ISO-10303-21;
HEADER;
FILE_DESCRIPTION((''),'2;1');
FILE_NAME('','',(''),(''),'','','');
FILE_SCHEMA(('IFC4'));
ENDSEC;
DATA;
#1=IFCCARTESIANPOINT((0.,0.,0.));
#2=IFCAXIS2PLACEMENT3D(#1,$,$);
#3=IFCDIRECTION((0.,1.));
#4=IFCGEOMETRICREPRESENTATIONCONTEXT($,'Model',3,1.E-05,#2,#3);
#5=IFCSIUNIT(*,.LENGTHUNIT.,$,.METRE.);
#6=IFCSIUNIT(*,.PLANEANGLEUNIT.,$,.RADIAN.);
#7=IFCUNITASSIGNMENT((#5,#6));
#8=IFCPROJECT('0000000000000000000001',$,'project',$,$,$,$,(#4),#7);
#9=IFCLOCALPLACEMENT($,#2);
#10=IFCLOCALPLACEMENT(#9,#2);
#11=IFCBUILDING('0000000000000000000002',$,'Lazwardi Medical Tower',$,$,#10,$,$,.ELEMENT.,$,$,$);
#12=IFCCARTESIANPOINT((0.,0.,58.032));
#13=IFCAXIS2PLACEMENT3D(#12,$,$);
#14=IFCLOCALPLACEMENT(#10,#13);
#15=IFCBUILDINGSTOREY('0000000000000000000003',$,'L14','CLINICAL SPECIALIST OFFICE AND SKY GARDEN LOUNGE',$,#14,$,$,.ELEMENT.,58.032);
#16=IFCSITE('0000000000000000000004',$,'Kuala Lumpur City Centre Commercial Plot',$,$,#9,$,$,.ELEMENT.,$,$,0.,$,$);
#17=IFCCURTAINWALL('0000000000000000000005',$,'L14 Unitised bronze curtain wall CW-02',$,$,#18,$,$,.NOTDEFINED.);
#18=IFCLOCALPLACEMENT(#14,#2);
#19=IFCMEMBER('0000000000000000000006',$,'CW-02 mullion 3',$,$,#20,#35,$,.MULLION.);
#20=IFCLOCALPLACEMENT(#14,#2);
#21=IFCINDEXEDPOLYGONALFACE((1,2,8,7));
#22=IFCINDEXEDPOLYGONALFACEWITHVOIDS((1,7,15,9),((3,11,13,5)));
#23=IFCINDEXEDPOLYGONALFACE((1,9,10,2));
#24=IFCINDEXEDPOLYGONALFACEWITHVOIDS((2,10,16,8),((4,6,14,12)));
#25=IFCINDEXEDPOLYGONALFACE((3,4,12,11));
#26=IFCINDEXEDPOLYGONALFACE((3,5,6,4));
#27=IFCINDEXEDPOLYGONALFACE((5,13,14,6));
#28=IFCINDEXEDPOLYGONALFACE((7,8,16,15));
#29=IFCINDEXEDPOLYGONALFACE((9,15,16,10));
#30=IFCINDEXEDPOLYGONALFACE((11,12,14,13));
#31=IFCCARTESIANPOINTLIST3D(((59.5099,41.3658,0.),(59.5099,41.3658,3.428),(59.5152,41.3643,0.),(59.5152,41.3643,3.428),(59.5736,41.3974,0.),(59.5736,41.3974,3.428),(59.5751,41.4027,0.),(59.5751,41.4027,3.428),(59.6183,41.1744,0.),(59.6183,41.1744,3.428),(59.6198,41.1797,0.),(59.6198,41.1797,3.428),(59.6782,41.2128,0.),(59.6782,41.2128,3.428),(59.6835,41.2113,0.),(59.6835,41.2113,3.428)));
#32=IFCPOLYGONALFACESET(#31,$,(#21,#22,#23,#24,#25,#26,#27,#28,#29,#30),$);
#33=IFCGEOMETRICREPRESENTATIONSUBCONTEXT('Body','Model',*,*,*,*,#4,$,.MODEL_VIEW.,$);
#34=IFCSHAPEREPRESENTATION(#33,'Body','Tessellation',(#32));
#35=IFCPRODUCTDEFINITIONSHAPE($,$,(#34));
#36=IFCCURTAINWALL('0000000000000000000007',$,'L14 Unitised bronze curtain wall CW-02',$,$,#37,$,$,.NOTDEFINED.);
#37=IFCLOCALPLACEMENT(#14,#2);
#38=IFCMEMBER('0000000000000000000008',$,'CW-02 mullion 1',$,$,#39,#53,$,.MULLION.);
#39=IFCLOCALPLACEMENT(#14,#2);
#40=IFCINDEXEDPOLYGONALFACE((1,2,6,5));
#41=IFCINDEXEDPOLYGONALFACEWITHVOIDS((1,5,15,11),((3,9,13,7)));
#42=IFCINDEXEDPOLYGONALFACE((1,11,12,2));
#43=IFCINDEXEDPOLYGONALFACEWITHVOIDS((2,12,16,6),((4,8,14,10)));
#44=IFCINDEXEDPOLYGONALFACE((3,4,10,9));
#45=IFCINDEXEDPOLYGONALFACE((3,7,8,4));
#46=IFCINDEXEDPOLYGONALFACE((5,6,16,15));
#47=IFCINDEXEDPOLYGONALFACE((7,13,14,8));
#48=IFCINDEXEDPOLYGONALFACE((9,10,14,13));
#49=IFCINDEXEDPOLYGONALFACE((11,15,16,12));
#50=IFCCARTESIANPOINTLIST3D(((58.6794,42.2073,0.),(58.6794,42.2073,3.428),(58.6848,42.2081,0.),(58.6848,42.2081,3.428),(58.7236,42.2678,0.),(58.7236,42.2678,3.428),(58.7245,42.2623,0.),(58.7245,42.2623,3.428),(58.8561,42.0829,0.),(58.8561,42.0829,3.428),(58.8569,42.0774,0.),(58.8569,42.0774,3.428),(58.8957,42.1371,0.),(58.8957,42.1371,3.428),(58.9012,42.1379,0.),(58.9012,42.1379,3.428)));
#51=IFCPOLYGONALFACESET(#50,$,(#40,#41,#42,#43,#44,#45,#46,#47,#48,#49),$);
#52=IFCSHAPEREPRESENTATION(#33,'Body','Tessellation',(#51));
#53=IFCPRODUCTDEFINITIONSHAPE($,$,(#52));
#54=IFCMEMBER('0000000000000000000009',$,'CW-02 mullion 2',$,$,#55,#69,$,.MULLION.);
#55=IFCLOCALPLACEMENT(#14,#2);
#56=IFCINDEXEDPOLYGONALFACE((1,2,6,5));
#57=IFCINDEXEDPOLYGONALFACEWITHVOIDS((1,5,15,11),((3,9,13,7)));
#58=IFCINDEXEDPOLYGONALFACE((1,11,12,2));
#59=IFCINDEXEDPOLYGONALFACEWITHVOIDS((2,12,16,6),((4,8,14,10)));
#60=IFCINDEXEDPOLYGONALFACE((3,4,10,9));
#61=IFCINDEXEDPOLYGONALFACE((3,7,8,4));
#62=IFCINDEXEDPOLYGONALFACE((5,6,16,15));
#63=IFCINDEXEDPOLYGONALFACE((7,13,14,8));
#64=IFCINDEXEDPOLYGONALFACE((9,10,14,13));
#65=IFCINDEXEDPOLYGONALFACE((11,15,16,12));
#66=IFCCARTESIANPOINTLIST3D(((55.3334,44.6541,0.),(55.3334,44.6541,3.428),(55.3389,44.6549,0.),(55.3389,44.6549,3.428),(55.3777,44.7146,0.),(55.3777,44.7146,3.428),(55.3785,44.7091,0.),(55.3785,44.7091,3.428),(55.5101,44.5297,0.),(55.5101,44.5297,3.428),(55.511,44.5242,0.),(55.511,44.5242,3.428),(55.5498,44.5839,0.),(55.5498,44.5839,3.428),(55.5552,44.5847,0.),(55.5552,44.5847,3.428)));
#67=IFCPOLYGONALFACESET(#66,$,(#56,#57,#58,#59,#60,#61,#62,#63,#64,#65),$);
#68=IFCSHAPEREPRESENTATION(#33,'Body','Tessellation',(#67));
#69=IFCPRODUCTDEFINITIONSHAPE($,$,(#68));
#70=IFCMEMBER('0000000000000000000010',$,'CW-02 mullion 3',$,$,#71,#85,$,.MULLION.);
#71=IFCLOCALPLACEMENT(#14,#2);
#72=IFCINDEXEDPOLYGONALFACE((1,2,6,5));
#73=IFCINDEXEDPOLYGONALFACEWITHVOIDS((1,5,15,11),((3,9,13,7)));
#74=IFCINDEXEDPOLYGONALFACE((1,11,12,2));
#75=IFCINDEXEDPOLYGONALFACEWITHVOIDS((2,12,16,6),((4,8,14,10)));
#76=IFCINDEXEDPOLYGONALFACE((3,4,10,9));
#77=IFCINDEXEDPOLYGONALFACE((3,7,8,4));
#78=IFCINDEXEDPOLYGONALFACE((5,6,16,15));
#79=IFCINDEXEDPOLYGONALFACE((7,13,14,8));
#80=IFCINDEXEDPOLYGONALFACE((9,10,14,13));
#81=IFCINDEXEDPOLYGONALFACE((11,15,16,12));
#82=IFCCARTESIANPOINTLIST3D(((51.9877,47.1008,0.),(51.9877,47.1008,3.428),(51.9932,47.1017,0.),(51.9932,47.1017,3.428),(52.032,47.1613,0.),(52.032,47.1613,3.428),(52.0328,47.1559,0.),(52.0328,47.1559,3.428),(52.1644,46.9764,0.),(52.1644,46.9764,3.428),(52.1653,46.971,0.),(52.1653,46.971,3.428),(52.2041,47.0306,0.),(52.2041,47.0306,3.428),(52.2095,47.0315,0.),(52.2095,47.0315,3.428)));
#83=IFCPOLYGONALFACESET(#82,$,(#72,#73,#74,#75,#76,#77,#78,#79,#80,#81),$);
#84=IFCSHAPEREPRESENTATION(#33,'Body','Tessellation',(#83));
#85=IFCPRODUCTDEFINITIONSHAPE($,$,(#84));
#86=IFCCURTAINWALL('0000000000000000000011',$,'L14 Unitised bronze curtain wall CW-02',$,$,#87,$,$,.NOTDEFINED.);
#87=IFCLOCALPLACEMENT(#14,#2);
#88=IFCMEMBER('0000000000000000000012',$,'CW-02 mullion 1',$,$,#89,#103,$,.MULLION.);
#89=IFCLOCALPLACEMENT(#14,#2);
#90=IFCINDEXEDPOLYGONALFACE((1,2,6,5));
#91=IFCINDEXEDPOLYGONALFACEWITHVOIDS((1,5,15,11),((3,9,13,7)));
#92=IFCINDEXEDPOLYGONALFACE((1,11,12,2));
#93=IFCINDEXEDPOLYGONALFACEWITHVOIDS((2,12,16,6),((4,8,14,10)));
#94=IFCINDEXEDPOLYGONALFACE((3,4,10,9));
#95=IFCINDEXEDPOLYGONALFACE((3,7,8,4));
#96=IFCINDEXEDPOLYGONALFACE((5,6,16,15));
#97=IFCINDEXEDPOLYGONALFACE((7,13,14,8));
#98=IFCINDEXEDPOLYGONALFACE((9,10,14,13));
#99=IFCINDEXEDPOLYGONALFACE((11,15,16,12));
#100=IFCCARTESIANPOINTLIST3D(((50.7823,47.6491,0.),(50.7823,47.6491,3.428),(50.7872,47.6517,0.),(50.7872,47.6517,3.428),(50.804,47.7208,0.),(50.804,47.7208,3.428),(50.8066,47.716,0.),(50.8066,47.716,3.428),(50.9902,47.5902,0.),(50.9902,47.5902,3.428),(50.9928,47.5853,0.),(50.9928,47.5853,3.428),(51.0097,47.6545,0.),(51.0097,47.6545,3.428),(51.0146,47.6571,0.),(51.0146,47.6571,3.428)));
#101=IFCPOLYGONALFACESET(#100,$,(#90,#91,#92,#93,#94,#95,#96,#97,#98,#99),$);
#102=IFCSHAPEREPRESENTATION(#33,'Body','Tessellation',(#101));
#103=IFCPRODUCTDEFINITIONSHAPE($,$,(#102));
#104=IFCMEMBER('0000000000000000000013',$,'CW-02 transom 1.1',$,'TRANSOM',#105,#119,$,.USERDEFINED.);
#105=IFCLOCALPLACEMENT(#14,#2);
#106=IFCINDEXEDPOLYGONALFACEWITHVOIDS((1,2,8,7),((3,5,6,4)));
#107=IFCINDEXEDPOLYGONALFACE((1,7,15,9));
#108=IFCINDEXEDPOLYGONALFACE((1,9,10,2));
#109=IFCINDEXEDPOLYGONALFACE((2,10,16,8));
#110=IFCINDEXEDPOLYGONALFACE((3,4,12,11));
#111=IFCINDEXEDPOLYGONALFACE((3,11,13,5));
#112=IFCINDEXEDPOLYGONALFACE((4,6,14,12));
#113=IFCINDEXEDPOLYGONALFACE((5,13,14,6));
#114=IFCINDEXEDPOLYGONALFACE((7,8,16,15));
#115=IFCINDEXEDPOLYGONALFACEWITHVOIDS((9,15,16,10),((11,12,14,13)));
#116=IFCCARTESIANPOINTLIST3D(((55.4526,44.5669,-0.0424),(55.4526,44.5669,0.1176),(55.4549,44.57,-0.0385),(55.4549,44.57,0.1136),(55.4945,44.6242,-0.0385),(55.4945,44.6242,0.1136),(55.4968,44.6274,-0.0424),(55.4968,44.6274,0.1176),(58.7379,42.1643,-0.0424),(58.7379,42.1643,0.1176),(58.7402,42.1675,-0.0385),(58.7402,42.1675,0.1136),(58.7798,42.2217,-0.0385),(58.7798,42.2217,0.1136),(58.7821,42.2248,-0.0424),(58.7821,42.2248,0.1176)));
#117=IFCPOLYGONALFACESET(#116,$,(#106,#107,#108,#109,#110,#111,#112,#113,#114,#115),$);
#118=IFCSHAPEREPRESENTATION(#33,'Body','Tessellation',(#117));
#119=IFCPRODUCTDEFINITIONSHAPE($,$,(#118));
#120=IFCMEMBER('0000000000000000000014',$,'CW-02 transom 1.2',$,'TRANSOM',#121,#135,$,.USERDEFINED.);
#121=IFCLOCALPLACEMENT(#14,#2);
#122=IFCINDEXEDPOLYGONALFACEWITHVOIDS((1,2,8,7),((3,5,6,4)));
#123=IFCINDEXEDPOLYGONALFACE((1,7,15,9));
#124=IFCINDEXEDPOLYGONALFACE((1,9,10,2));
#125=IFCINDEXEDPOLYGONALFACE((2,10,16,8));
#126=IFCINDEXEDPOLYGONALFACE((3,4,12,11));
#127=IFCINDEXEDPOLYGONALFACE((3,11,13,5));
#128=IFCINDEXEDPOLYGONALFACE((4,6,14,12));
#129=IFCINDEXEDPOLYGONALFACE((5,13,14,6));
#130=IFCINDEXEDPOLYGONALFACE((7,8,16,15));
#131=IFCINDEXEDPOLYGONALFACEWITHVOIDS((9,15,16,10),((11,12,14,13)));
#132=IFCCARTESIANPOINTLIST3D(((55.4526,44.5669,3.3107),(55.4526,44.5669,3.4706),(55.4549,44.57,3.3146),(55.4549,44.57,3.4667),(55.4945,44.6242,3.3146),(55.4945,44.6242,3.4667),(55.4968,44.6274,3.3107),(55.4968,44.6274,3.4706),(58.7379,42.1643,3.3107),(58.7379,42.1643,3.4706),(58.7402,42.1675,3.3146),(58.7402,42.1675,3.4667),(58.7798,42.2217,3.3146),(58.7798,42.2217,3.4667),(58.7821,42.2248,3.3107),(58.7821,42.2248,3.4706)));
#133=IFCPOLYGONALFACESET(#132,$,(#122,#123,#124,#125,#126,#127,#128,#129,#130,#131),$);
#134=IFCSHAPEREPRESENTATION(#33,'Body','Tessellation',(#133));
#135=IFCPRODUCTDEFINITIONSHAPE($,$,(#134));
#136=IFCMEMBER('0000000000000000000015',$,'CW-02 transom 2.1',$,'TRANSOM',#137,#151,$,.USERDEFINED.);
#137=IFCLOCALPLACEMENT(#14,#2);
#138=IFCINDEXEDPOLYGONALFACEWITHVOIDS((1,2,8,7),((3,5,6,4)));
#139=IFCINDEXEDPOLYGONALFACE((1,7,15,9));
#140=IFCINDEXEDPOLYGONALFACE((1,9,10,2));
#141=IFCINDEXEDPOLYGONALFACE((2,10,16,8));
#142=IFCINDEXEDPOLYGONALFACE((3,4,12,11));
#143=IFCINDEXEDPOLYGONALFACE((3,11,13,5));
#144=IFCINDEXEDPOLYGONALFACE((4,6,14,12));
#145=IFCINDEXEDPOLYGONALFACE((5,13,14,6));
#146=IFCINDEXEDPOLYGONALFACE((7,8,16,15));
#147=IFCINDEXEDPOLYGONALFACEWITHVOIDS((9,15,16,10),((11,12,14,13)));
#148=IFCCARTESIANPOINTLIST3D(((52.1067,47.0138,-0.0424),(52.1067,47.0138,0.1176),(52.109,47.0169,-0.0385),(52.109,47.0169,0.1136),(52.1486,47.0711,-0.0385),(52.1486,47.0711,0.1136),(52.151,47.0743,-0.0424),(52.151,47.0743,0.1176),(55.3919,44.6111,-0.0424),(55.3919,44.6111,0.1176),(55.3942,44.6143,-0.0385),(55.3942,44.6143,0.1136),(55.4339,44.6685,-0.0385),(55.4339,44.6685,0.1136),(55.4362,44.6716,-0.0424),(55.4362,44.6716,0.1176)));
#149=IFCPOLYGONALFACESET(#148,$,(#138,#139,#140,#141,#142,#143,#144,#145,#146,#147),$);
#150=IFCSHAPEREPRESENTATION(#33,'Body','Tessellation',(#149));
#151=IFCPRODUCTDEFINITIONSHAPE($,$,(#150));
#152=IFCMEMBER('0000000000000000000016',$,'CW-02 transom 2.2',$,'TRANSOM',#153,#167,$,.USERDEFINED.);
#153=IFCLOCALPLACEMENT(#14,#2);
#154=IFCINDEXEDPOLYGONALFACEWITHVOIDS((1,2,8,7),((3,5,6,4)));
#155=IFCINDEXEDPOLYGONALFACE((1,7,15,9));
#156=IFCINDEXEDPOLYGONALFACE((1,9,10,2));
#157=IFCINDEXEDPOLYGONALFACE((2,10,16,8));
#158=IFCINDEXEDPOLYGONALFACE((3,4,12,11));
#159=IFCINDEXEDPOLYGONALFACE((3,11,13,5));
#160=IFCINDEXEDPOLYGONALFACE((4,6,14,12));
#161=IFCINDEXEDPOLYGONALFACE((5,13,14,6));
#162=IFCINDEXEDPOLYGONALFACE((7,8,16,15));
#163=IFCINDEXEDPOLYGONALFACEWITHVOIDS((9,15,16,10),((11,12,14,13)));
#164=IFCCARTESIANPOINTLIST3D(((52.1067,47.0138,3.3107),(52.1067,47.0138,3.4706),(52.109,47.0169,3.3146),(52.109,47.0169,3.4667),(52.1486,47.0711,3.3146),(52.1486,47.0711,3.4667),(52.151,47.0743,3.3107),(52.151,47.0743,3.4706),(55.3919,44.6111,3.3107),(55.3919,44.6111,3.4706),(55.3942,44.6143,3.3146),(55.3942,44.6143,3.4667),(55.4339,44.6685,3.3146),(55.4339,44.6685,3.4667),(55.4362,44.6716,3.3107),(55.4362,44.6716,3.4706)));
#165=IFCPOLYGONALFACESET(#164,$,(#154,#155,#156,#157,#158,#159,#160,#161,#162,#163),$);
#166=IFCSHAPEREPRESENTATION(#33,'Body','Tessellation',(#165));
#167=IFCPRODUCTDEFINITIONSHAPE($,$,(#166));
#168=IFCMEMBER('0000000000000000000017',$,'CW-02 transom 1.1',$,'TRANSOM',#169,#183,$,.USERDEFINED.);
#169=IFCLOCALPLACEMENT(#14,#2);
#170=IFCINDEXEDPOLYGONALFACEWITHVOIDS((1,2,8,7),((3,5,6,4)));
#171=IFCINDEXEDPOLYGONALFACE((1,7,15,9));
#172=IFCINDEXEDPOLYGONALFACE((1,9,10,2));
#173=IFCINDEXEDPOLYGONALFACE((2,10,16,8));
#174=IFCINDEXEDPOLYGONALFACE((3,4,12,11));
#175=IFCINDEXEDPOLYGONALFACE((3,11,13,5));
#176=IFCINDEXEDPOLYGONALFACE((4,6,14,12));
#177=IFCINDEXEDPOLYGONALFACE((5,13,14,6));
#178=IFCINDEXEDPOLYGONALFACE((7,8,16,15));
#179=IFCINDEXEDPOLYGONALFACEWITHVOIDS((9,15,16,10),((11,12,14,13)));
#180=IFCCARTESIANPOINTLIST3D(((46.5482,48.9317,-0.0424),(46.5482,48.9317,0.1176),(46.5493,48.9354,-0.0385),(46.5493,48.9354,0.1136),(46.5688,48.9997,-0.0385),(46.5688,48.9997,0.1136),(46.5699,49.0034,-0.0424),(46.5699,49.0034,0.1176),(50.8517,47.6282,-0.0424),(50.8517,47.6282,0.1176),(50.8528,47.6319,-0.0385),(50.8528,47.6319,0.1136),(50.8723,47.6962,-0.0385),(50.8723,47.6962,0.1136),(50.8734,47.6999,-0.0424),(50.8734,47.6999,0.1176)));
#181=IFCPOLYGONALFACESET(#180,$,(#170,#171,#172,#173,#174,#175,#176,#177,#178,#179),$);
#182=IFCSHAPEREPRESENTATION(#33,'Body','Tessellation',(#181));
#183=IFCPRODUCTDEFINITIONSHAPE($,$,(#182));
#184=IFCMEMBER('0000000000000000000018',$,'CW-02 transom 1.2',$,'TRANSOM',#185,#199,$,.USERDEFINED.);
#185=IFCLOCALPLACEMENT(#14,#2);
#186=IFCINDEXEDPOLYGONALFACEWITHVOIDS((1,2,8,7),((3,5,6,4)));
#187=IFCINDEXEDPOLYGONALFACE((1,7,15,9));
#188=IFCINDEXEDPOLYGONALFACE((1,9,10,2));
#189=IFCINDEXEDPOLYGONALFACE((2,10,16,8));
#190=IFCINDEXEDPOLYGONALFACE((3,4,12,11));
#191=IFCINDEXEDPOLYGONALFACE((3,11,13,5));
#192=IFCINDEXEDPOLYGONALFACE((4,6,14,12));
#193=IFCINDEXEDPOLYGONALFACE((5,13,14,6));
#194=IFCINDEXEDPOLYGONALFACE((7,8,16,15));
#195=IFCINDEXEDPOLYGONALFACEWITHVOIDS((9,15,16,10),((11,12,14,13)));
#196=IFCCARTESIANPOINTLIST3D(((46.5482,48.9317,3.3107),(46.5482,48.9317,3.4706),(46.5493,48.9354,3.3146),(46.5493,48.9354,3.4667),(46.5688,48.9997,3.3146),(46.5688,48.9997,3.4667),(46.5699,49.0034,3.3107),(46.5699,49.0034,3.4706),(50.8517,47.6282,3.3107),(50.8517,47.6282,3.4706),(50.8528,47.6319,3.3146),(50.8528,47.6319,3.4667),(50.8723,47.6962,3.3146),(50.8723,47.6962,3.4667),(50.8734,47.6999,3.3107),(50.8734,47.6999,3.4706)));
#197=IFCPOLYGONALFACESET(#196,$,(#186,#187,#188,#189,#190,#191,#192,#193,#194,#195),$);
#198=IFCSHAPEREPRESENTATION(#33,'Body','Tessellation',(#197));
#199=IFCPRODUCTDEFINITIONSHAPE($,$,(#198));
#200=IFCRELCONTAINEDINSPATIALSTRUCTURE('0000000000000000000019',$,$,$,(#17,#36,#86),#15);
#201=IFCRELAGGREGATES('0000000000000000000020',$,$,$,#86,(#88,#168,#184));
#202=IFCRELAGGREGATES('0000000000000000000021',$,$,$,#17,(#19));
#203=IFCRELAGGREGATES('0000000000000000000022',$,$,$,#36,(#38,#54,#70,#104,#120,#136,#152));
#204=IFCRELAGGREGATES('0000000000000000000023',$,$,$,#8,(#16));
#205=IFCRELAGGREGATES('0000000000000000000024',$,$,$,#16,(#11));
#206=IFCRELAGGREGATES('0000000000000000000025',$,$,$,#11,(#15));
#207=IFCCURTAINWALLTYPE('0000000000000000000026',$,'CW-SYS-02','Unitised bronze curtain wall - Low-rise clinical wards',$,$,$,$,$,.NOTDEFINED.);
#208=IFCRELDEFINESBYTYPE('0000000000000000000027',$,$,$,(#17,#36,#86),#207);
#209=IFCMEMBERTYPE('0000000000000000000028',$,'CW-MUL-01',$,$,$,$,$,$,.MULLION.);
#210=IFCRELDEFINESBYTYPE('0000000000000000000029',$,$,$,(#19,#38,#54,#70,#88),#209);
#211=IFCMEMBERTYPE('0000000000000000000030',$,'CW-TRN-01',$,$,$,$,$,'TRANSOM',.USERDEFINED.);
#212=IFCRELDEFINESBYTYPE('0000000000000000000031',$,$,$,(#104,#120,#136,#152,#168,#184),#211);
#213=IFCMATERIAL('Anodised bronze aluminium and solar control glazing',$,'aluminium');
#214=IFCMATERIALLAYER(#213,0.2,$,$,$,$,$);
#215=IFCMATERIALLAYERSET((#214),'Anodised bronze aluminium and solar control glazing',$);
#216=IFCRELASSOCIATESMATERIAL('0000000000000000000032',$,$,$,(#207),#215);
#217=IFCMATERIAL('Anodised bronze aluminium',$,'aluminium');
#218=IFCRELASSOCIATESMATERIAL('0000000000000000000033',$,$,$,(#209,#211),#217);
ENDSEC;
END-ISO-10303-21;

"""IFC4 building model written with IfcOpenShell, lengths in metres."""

from ifc_helpers import new_model, si_unit, direction, frame, origin, origin_2d, place, context, subcontext, project, spatial, hollow_rectangle, extrude, material, layer, layer_set, material_profile, profile_set, type_object, element, aggregate, save


model = new_model("IFC4")

# Units and contexts
model_context = context("Model", 3, precision=1e-05, world=origin(), true_north=direction((0.0, 1.0)))
body_context = subcontext(model_context, "Body", "Model", "MODEL_VIEW")
ifc_project = project(units=[si_unit("LENGTHUNIT", "METRE"), si_unit("PLANEANGLEUNIT", "RADIAN")], contexts=[model_context])

# Site, building, storey
site_placement = place(None, origin())
site = spatial("IfcSite", under=ifc_project, at=site_placement, Name="Kuala Lumpur City Centre Commercial Plot", CompositionType="ELEMENT", RefElevation=0.0)
building_placement = place(site_placement, origin())
building = spatial("IfcBuilding", under=site, at=building_placement, Name="Lazwardi Medical Tower", CompositionType="ELEMENT")
storey_placement = place(building_placement, frame((0.0, 0.0, 58.032)))
storey = spatial("IfcBuildingStorey", under=building, at=storey_placement, Name="L14", Description="CLINICAL SPECIALIST OFFICE AND SKY GARDEN LOUNGE", CompositionType="ELEMENT", Elevation=58.032)

# Curtain wall, member
ifc_material_1 = material(Name="Anodised bronze aluminium and solar control glazing", Category="aluminium")
ifc_layer_1 = layer(ifc_material_1, 0.2)
ifc_layer_set_1 = layer_set([ifc_layer_1], Name="Anodised bronze aluminium and solar control glazing")
curtain_wall_type = type_object("IfcCurtainWallType", Name="CW-SYS-02", Description="Unitised bronze curtain wall - Low-rise clinical wards", PredefinedType="NOTDEFINED", material=ifc_layer_set_1)
curtain_wall_1_placement = place(storey_placement, origin())
curtain_wall_1 = element("IfcCurtainWall", 1, at=curtain_wall_1_placement, inside=storey, type_object=curtain_wall_type, Name="L14 Unitised bronze curtain wall CW-02", PredefinedType="NOTDEFINED")
ifc_material_2 = material(Name="Anodised bronze aluminium", Category="aluminium")
ifc_material_profile_1 = material_profile(ifc_material_2, hollow_rectangle(XDim=0.075, YDim=0.22, WallThickness=0.0039, at=origin_2d()), Name="ALU-MULLION 220x75x4")
ifc_profile_set_1 = profile_set([ifc_material_profile_1], Name="Anodised bronze aluminium")
member_type_1 = type_object("IfcMemberType", Name="CW-MUL-01", PredefinedType="MULLION", material=ifc_profile_set_1)
member_1_placement = place(storey_placement, frame((59.5967, 41.2886, 0.0), z_axis=(0.0, 0.0, 1.0), x_axis=(-0.870112, -0.492854, 0.0)))
member_1 = element("IfcMember", 2, at=member_1_placement, type_object=member_type_1, Name="CW-02 mullion 3", PredefinedType="MULLION", context=body_context, shape_type="SweptSolid", body=[
    extrude(hollow_rectangle(XDim=0.075, YDim=0.22, WallThickness=0.0039, at=origin_2d()), origin(), (0.0, 0.0, 1.0), 3.428),
])

# Curtain wall, members
curtain_wall_2_placement = place(storey_placement, origin())
curtain_wall_2 = element("IfcCurtainWall", 3, at=curtain_wall_2_placement, inside=storey, type_object=curtain_wall_type, Name="L14 Unitised bronze curtain wall CW-02", PredefinedType="NOTDEFINED")
member_2_placement = place(storey_placement, frame((58.7903, 42.1726, 0.0), z_axis=(0.0, 0.0, 1.0), x_axis=(-0.590289, -0.807192, 0.0)))
member_2 = element("IfcMember", 4, at=member_2_placement, type_object=member_type_1, Name="CW-02 mullion 1", PredefinedType="MULLION", context=body_context, shape_type="SweptSolid", body=[
    extrude(hollow_rectangle(XDim=0.075, YDim=0.22, WallThickness=0.0039, at=origin_2d()), origin(), (0.0, 0.0, 1.0), 3.428),
])
member_3_placement = place(storey_placement, frame((55.4443, 44.6194, 0.0), z_axis=(0.0, 0.0, 1.0), x_axis=(-0.590289, -0.807192, 0.0)))
member_3 = element("IfcMember", 5, at=member_3_placement, type_object=member_type_1, Name="CW-02 mullion 2", PredefinedType="MULLION", context=body_context, shape_type="SweptSolid", body=[
    extrude(hollow_rectangle(XDim=0.075, YDim=0.22, WallThickness=0.0039, at=origin_2d()), origin(), (0.0, 0.0, 1.0), 3.428),
])
member_4_placement = place(storey_placement, frame((52.0986, 47.0662, 0.0), z_axis=(0.0, 0.0, 1.0), x_axis=(-0.590289, -0.807192, 0.0)))
member_4 = element("IfcMember", 6, at=member_4_placement, type_object=member_type_1, Name="CW-02 mullion 3", PredefinedType="MULLION", context=body_context, shape_type="SweptSolid", body=[
    extrude(hollow_rectangle(XDim=0.075, YDim=0.22, WallThickness=0.0039, at=origin_2d()), origin(), (0.0, 0.0, 1.0), 3.428),
])

# Curtain wall, member
curtain_wall_3_placement = place(storey_placement, origin())
curtain_wall_3 = element("IfcCurtainWall", 7, at=curtain_wall_3_placement, inside=storey, type_object=curtain_wall_type, Name="L14 Unitised bronze curtain wall CW-02", PredefinedType="NOTDEFINED")
member_5_placement = place(storey_placement, frame((50.8984, 47.6531, 0.0), z_axis=(0.0, 0.0, 1.0), x_axis=(-0.289896, -0.957058, 0.0)))
member_5 = element("IfcMember", 8, at=member_5_placement, type_object=member_type_1, Name="CW-02 mullion 1", PredefinedType="MULLION", context=body_context, shape_type="SweptSolid", body=[
    extrude(hollow_rectangle(XDim=0.075, YDim=0.22, WallThickness=0.0039, at=origin_2d()), origin(), (0.0, 0.0, 1.0), 3.428),
])

# Members
ifc_material_profile_2 = material_profile(ifc_material_2, hollow_rectangle(XDim=0.075, YDim=0.1599, WallThickness=0.0039, at=origin_2d()), Name="ALU-TRANSOM 160x75x4")
ifc_profile_set_2 = profile_set([ifc_material_profile_2], Name="Anodised bronze aluminium")
member_type_2 = type_object("IfcMemberType", Name="CW-TRN-01", ElementType="TRANSOM", PredefinedType="USERDEFINED", material=ifc_profile_set_2)
member_6_placement = place(storey_placement, frame((58.76, 42.1946, 0.0376), z_axis=(-0.80719, 0.590292, 0.0), x_axis=(-0.590292, -0.80719, 0.0)))
member_6 = element("IfcMember", 9, at=member_6_placement, type_object=member_type_2, Name="CW-02 transom 1.1", ObjectType="TRANSOM", PredefinedType="USERDEFINED", context=body_context, shape_type="SweptSolid", body=[
    extrude(hollow_rectangle(XDim=0.075, YDim=0.1599, WallThickness=0.0039, at=origin_2d()), origin(), (0.0, 0.0, 1.0), 4.0701),
])
member_7_placement = place(storey_placement, frame((58.76, 42.1946, 3.3906), z_axis=(-0.80719, 0.590292, 0.0), x_axis=(-0.590292, -0.80719, 0.0)))
member_7 = element("IfcMember", 10, at=member_7_placement, type_object=member_type_2, Name="CW-02 transom 1.2", ObjectType="TRANSOM", PredefinedType="USERDEFINED", context=body_context, shape_type="SweptSolid", body=[
    extrude(hollow_rectangle(XDim=0.075, YDim=0.1599, WallThickness=0.0039, at=origin_2d()), origin(), (0.0, 0.0, 1.0), 4.0701),
])
member_8_placement = place(storey_placement, frame((55.4141, 44.6414, 0.0376), z_axis=(-0.807169, 0.59032, 0.0), x_axis=(-0.59032, -0.807169, 0.0)))
member_8 = element("IfcMember", 11, at=member_8_placement, type_object=member_type_2, Name="CW-02 transom 2.1", ObjectType="TRANSOM", PredefinedType="USERDEFINED", context=body_context, shape_type="SweptSolid", body=[
    extrude(hollow_rectangle(XDim=0.075, YDim=0.1599, WallThickness=0.0039, at=origin_2d()), origin(), (0.0, 0.0, 1.0), 4.0701),
])
member_9_placement = place(storey_placement, frame((55.4141, 44.6414, 3.3906), z_axis=(-0.807169, 0.59032, 0.0), x_axis=(-0.59032, -0.807169, 0.0)))
member_9 = element("IfcMember", 12, at=member_9_placement, type_object=member_type_2, Name="CW-02 transom 2.2", ObjectType="TRANSOM", PredefinedType="USERDEFINED", context=body_context, shape_type="SweptSolid", body=[
    extrude(hollow_rectangle(XDim=0.075, YDim=0.1599, WallThickness=0.0039, at=origin_2d()), origin(), (0.0, 0.0, 1.0), 4.0701),
])
member_10_placement = place(storey_placement, frame((50.8625, 47.6641, 0.0376), z_axis=(-0.957062, 0.289882, 0.0), x_axis=(-0.289882, -0.957062, 0.0)))
member_10 = element("IfcMember", 13, at=member_10_placement, type_object=member_type_2, Name="CW-02 transom 1.1", ObjectType="TRANSOM", PredefinedType="USERDEFINED", context=body_context, shape_type="SweptSolid", body=[
    extrude(hollow_rectangle(XDim=0.075, YDim=0.1599, WallThickness=0.0039, at=origin_2d()), origin(), (0.0, 0.0, 1.0), 4.4966),
])
member_11_placement = place(storey_placement, frame((50.8625, 47.6641, 3.3906), z_axis=(-0.957062, 0.289882, 0.0), x_axis=(-0.289882, -0.957062, 0.0)))
member_11 = element("IfcMember", 14, at=member_11_placement, type_object=member_type_2, Name="CW-02 transom 1.2", ObjectType="TRANSOM", PredefinedType="USERDEFINED", context=body_context, shape_type="SweptSolid", body=[
    extrude(hollow_rectangle(XDim=0.075, YDim=0.1599, WallThickness=0.0039, at=origin_2d()), origin(), (0.0, 0.0, 1.0), 4.4966),
])
aggregate(curtain_wall_3, [member_5, member_10, member_11])

aggregate(curtain_wall_1, [member_1])
aggregate(curtain_wall_2, [member_2, member_3, member_4, member_6, member_7, member_8, member_9])

save(model, "model.ifc")
